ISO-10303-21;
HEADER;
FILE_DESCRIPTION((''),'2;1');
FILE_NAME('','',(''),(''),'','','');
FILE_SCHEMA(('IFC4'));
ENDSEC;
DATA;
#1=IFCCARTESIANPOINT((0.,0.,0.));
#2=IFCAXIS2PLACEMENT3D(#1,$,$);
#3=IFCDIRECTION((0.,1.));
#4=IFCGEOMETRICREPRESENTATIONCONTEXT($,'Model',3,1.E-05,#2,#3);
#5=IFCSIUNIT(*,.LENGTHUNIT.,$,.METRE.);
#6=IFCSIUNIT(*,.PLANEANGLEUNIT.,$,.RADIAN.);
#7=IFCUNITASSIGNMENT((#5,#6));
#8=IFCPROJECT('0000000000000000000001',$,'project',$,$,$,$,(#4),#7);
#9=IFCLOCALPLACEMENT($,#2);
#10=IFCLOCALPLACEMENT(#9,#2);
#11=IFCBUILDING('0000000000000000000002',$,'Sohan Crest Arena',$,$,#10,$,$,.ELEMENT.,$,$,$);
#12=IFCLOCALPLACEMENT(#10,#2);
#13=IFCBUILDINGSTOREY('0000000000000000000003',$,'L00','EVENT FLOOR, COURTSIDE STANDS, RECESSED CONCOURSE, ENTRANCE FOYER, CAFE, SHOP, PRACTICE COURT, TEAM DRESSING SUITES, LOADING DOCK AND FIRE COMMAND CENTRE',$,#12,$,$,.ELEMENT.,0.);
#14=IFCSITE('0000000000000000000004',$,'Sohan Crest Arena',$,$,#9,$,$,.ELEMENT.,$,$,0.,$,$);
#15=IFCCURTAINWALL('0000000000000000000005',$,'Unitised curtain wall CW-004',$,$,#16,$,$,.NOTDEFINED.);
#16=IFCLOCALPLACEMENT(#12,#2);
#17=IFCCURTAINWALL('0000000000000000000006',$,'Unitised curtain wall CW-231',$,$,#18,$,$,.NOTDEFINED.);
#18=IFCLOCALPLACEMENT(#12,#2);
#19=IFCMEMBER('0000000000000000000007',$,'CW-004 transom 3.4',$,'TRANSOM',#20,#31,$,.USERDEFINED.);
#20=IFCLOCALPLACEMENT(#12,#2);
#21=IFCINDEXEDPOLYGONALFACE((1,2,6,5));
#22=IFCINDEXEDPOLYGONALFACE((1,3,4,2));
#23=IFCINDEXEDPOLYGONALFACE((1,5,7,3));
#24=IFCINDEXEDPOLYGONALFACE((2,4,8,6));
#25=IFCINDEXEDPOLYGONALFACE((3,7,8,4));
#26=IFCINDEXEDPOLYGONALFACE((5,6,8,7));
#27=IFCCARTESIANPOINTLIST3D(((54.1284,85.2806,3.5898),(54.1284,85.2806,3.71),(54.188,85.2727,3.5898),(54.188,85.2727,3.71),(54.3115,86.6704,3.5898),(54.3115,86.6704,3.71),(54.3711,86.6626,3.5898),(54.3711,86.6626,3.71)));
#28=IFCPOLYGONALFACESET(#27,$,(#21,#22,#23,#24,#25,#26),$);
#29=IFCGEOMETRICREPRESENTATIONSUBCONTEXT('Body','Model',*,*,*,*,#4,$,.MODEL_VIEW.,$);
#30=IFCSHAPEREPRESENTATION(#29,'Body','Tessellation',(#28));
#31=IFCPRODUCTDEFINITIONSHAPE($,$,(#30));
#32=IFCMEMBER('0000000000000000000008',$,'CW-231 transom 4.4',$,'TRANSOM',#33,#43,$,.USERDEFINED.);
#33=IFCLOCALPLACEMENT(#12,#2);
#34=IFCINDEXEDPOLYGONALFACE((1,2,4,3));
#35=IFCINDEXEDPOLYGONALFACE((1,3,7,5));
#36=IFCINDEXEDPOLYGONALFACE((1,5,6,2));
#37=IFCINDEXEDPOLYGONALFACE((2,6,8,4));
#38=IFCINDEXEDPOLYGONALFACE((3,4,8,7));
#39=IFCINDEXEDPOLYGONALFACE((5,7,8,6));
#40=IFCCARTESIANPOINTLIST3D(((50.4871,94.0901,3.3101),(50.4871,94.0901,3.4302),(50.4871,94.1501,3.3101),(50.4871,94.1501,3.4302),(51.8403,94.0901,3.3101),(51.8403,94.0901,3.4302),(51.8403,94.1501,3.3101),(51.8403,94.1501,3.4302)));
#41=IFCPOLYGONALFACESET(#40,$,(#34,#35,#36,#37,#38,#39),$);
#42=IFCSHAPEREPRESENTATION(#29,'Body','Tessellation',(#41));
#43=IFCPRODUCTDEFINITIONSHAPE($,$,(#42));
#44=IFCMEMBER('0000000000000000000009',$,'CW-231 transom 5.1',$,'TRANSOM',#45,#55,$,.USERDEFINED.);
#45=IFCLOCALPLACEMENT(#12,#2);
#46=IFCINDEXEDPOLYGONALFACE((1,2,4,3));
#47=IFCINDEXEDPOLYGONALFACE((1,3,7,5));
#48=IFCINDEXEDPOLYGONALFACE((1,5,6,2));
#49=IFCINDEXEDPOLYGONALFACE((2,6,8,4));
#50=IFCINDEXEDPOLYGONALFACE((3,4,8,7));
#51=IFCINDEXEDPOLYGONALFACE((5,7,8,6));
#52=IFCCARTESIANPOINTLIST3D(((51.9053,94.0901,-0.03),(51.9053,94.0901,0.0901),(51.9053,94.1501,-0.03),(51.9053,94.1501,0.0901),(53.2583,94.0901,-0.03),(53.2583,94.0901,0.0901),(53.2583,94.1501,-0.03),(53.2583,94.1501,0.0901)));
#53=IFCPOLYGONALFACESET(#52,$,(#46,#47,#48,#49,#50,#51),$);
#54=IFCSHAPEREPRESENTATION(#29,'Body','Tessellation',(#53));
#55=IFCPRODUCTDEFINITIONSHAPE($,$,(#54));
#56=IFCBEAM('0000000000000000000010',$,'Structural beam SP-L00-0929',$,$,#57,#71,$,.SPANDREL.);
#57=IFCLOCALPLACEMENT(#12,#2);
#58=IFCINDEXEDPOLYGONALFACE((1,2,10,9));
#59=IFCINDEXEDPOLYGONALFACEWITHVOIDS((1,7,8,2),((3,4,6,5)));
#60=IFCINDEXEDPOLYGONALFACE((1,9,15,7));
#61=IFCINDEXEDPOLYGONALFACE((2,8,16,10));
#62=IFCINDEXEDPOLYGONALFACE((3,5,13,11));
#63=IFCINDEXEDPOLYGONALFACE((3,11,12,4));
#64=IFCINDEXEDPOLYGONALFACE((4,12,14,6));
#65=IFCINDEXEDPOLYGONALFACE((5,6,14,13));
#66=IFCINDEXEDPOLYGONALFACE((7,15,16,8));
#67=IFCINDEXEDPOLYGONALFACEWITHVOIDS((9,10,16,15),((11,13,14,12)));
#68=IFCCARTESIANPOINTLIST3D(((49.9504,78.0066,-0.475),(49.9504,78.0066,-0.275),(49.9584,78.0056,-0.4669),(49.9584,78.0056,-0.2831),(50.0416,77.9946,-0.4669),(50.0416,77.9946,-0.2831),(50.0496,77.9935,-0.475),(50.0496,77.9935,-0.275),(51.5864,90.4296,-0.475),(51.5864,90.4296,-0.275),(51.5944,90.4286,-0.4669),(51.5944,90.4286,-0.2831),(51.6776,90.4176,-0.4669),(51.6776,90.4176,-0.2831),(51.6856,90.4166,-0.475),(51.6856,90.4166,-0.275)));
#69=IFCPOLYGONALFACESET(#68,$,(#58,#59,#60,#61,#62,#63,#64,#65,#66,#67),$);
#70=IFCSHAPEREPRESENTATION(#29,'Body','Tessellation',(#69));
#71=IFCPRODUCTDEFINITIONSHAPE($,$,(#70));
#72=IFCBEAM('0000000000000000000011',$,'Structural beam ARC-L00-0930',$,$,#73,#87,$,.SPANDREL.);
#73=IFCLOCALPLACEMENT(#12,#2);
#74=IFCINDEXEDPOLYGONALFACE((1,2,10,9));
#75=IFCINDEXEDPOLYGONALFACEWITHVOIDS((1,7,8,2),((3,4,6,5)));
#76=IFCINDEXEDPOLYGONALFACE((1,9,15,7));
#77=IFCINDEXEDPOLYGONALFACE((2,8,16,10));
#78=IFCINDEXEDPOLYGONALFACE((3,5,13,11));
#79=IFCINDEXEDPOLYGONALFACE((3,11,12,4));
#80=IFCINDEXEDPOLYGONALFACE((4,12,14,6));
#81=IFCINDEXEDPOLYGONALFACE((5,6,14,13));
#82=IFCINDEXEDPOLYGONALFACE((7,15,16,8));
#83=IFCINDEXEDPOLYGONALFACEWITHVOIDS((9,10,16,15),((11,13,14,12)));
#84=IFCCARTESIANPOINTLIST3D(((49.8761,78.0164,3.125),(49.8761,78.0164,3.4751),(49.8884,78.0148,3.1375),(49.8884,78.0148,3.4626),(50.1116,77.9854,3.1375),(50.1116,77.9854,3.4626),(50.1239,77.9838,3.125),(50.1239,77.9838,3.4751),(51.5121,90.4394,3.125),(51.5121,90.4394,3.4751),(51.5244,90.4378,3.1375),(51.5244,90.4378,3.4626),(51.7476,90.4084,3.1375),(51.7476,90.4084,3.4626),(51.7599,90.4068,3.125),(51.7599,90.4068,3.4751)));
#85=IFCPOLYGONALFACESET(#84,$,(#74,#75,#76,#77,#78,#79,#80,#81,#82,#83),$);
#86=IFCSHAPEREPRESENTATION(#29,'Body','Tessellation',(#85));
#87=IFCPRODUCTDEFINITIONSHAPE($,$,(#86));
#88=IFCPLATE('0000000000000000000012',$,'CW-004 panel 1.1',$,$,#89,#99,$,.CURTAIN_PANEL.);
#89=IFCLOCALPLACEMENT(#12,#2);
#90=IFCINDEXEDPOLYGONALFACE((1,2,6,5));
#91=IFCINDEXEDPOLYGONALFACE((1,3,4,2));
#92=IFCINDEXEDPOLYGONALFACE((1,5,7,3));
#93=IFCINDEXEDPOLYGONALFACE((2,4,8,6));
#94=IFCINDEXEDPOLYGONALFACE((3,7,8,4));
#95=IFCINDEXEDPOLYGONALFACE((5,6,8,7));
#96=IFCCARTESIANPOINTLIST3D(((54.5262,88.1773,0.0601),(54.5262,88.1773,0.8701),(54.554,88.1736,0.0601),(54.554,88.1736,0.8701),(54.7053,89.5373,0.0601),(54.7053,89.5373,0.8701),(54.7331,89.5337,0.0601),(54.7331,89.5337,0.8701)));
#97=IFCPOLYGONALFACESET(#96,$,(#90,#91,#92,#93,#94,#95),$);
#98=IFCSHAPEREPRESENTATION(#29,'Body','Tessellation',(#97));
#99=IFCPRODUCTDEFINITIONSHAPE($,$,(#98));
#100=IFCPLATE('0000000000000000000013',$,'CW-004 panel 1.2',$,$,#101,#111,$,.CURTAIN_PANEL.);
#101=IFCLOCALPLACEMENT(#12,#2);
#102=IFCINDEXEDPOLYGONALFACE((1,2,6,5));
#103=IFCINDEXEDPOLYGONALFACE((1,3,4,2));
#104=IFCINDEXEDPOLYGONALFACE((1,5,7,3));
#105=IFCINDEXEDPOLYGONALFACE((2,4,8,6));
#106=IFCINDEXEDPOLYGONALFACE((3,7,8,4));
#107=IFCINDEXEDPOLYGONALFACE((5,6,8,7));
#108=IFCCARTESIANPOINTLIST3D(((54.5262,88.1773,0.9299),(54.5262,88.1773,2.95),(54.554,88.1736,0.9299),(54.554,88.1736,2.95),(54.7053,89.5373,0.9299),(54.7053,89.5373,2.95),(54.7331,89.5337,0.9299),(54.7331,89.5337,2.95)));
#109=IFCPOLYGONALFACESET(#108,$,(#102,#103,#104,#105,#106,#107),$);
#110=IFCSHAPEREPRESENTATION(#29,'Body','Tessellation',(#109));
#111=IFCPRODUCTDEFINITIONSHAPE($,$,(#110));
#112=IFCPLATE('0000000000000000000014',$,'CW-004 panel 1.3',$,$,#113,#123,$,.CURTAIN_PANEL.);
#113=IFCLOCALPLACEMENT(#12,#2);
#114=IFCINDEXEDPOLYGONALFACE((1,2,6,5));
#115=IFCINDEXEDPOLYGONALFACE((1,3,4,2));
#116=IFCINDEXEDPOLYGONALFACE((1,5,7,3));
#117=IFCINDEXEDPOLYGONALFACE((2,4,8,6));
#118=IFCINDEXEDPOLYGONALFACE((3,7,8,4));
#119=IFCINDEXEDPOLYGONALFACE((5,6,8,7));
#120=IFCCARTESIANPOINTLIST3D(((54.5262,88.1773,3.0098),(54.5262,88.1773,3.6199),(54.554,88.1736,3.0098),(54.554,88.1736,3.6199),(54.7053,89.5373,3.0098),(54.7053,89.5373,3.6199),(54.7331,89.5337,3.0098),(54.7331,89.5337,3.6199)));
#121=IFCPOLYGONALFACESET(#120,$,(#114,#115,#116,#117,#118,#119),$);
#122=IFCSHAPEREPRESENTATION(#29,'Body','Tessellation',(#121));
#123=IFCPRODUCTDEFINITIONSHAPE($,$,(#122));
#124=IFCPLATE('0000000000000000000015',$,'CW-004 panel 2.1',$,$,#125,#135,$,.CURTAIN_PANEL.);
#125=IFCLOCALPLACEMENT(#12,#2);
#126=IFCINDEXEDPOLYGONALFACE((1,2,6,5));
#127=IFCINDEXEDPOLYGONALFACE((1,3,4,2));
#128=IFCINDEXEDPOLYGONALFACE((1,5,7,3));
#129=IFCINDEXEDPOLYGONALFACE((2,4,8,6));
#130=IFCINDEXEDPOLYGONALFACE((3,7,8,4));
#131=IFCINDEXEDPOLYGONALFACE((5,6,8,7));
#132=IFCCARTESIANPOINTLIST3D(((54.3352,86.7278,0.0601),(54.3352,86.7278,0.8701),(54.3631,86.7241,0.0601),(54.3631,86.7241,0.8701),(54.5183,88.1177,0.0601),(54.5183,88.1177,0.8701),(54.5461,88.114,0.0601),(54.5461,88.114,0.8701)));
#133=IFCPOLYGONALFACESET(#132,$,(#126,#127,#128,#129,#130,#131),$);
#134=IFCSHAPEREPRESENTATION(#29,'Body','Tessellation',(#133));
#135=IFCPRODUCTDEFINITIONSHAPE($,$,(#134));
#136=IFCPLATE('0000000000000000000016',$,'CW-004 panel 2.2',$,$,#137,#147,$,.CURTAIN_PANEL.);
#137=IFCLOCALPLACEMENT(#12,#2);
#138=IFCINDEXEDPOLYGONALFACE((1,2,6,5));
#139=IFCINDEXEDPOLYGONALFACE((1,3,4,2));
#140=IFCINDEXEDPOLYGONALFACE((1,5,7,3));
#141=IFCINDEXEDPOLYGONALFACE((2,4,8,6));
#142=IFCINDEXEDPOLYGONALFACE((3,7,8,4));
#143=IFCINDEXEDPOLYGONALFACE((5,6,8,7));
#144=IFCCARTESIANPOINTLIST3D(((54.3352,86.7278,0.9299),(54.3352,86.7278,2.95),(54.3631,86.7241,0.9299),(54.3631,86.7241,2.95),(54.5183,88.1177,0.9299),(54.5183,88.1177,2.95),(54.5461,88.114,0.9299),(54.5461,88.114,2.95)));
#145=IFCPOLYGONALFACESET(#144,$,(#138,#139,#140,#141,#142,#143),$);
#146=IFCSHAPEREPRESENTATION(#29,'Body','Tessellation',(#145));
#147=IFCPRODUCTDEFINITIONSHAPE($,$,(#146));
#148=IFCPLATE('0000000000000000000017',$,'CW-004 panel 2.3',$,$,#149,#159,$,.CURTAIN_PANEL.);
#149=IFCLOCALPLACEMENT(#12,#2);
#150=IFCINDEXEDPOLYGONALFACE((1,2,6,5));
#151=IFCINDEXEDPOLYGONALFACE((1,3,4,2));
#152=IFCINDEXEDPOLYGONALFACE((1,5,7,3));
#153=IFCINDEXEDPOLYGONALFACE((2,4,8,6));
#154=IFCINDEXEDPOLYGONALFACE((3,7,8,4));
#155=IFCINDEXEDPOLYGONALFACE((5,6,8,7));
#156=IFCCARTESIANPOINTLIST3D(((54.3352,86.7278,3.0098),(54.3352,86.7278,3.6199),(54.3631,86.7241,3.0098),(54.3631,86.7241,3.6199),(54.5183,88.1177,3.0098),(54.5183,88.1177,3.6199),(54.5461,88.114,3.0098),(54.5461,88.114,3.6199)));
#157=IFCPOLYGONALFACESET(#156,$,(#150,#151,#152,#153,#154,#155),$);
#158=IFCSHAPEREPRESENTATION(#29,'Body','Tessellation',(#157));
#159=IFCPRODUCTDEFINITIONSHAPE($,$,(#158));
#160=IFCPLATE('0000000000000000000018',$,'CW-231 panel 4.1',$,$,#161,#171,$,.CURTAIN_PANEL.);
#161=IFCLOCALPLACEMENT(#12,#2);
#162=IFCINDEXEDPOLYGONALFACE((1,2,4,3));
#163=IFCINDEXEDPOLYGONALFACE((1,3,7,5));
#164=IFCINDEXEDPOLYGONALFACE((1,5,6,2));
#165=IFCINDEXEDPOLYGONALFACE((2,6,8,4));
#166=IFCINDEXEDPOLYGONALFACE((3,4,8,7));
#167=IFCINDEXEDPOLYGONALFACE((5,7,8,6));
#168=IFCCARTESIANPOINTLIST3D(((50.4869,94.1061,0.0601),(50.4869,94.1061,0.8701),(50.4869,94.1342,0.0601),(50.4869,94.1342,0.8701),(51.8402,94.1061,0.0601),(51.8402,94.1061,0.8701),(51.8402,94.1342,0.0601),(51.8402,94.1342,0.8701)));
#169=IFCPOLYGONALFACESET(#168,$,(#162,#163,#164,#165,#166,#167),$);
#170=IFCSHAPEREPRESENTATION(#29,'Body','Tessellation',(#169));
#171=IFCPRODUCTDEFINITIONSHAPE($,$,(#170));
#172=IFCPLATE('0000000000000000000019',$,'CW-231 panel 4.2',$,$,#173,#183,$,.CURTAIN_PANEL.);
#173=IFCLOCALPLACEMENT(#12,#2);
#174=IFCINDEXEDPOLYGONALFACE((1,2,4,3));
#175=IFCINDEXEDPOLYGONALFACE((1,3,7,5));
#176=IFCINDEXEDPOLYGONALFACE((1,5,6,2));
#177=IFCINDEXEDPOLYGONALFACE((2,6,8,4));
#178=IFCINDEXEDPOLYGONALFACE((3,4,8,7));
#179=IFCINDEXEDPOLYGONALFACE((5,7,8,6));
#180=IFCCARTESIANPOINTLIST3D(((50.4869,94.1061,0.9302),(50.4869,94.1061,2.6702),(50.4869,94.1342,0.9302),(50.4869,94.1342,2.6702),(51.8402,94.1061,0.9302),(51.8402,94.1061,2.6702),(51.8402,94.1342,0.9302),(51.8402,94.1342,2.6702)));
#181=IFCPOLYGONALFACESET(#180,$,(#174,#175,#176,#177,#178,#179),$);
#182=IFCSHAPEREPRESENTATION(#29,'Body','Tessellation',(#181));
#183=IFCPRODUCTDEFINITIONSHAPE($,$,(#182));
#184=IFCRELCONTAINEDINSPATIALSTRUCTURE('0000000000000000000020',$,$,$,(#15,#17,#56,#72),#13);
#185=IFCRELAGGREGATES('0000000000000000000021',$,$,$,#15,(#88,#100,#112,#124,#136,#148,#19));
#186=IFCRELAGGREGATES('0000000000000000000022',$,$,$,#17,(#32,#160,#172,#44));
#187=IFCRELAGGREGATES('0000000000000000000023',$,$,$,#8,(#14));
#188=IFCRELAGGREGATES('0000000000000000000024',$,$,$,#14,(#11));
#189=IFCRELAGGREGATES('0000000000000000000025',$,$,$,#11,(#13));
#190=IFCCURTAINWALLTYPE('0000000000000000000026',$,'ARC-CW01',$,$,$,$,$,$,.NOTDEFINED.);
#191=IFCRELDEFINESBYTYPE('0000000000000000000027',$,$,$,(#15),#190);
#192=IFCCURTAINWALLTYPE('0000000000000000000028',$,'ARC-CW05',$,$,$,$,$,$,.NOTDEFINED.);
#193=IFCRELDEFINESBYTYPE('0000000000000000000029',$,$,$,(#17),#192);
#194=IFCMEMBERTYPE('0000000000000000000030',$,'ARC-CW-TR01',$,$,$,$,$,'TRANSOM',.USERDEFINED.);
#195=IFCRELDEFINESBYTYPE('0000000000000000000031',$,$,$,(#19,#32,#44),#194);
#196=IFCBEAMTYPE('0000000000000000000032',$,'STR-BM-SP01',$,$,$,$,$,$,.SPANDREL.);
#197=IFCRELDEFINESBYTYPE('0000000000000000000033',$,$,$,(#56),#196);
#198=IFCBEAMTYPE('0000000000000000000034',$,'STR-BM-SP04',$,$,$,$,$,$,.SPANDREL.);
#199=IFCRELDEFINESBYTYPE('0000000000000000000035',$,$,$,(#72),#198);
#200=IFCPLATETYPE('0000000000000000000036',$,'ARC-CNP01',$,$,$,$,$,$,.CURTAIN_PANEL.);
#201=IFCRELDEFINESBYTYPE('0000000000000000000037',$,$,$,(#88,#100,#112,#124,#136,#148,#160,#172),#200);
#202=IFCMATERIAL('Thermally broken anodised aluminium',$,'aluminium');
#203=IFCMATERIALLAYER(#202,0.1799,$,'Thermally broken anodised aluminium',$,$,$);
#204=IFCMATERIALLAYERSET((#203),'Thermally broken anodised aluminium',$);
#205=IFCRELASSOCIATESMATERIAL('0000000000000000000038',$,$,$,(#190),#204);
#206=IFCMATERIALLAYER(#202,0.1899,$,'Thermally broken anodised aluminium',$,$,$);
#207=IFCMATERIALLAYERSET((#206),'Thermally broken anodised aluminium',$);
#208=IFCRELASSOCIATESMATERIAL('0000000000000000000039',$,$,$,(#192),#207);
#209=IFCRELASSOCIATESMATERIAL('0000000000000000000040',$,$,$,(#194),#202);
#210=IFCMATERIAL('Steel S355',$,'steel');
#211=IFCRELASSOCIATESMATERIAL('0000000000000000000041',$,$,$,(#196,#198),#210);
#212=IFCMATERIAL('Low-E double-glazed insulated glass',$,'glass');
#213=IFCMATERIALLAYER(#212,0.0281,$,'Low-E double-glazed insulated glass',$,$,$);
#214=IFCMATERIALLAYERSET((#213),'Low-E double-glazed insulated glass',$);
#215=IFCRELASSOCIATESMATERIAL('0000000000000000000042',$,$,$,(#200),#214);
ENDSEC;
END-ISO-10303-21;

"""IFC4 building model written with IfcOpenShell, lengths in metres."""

from ifc_helpers import new_model, si_unit, direction, frame, origin, origin_2d, place, context, subcontext, project, spatial, rectangle, hollow_rectangle, extrude, material, layer, layer_set, material_profile, profile_set, type_object, element, aggregate, save


model = new_model("IFC4")

# Units and contexts
model_context = context("Model", 3, precision=1e-05, world=origin(), true_north=direction((0.0, 1.0)))
body_context = subcontext(model_context, "Body", "Model", "MODEL_VIEW")
ifc_project = project(units=[si_unit("LENGTHUNIT", "METRE"), si_unit("PLANEANGLEUNIT", "RADIAN")], contexts=[model_context])

# Site, building, storey
site_placement = place(None, origin())
site = spatial("IfcSite", under=ifc_project, at=site_placement, Name="Sohan Crest Arena", CompositionType="ELEMENT", RefElevation=0.0)
building_placement = place(site_placement, origin())
building = spatial("IfcBuilding", under=site, at=building_placement, Name="Sohan Crest Arena", CompositionType="ELEMENT")
storey_placement = place(building_placement, origin())
storey = spatial("IfcBuildingStorey", under=building, at=storey_placement, Name="L00", Description="EVENT FLOOR, COURTSIDE STANDS, RECESSED CONCOURSE, ENTRANCE FOYER, CAFE, SHOP, PRACTICE COURT, TEAM DRESSING SUITES, LOADING DOCK AND FIRE COMMAND CENTRE", CompositionType="ELEMENT", Elevation=0.0)

# Curtain wall
ifc_material_1 = material(Name="Thermally broken anodised aluminium", Category="aluminium")
ifc_layer_1 = layer(ifc_material_1, 0.1799, Name="Thermally broken anodised aluminium")
ifc_layer_set_1 = layer_set([ifc_layer_1], Name="Thermally broken anodised aluminium")
curtain_wall_type_1 = type_object("IfcCurtainWallType", Name="ARC-CW01", PredefinedType="NOTDEFINED", material=ifc_layer_set_1)
curtain_wall_1_placement = place(storey_placement, origin())
curtain_wall_1 = element("IfcCurtainWall", 1, at=curtain_wall_1_placement, inside=storey, type_object=curtain_wall_type_1, Name="Unitised curtain wall CW-004", PredefinedType="NOTDEFINED")

# Curtain wall
ifc_layer_2 = layer(ifc_material_1, 0.1899, Name="Thermally broken anodised aluminium")
ifc_layer_set_2 = layer_set([ifc_layer_2], Name="Thermally broken anodised aluminium")
curtain_wall_type_2 = type_object("IfcCurtainWallType", Name="ARC-CW05", PredefinedType="NOTDEFINED", material=ifc_layer_set_2)
curtain_wall_2_placement = place(storey_placement, origin())
curtain_wall_2 = element("IfcCurtainWall", 2, at=curtain_wall_2_placement, inside=storey, type_object=curtain_wall_type_2, Name="Unitised curtain wall CW-231", PredefinedType="NOTDEFINED")

# Members
ifc_material_profile_1 = material_profile(ifc_material_1, rectangle(XDim=0.0601, YDim=0.1201, at=origin_2d()), Name="ALU-TRAN 60x120")
ifc_profile_set_1 = profile_set([ifc_material_profile_1], Name="Thermally broken anodised aluminium")
member_type_1 = type_object("IfcMemberType", Name="ARC-CW-TR01", ElementType="TRANSOM", PredefinedType="USERDEFINED", material=ifc_profile_set_1)
member_1_placement = place(storey_placement, frame((54.3413, 86.6665, 3.6499), z_axis=(-0.130612, -0.991434, 0.0), x_axis=(0.991434, -0.130612, 0.0)))
member_1 = element("IfcMember", 3, at=member_1_placement, type_object=member_type_1, Name="CW-004 transom 3.4", ObjectType="TRANSOM", PredefinedType="USERDEFINED", context=body_context, shape_type="SweptSolid", body=[
    extrude(rectangle(XDim=0.0601, YDim=0.1201, at=origin_2d()), origin(), (0.0, 0.0, 1.0), 1.4019),
])
member_2_placement = place(storey_placement, frame((50.4871, 94.1201, 3.3701), z_axis=(1.0, 0.0, 0.0), x_axis=(0.0, 1.0, 0.0)))
member_2 = element("IfcMember", 4, at=member_2_placement, type_object=member_type_1, Name="CW-231 transom 4.4", ObjectType="TRANSOM", PredefinedType="USERDEFINED", context=body_context, shape_type="SweptSolid", body=[
    extrude(rectangle(XDim=0.0601, YDim=0.1201, at=origin_2d()), origin(), (0.0, 0.0, 1.0), 1.3533),
])
member_3_placement = place(storey_placement, frame((51.9053, 94.1201, 0.03), z_axis=(1.0, 0.0, 0.0), x_axis=(0.0, 1.0, 0.0)))
member_3 = element("IfcMember", 5, at=member_3_placement, type_object=member_type_1, Name="CW-231 transom 5.1", ObjectType="TRANSOM", PredefinedType="USERDEFINED", context=body_context, shape_type="SweptSolid", body=[
    extrude(rectangle(XDim=0.0601, YDim=0.1201, at=origin_2d()), origin(), (0.0, 0.0, 1.0), 1.353),
])

# Beams
ifc_material_2 = material(Name="Steel S355", Category="steel")
ifc_material_profile_2 = material_profile(ifc_material_2, hollow_rectangle(XDim=0.1001, YDim=0.2, WallThickness=0.0081, at=origin_2d()), Name="RHS 200x100x8")
ifc_profile_set_2 = profile_set([ifc_material_profile_2], Name="Steel S355")
beam_type_1 = type_object("IfcBeamType", Name="STR-BM-SP01", PredefinedType="SPANDREL", material=ifc_profile_set_2)
beam_1_placement = place(storey_placement, frame((51.636, 90.4231, -0.375), z_axis=(-0.130562, -0.99144, 0.0), x_axis=(0.99144, -0.130562, 0.0)))
element("IfcBeam", 6, at=beam_1_placement, inside=storey, type_object=beam_type_1, Name="Structural beam SP-L00-0929", PredefinedType="SPANDREL", context=body_context, shape_type="SweptSolid", body=[
    extrude(hollow_rectangle(XDim=0.1001, YDim=0.2, WallThickness=0.0081, at=origin_2d()), origin(), (0.0, 0.0, 1.0), 12.5303),
])
ifc_material_profile_3 = material_profile(ifc_material_2, hollow_rectangle(XDim=0.25, YDim=0.3501, WallThickness=0.0125, at=origin_2d()), Name="RHS 350x250x12.5")
ifc_profile_set_3 = profile_set([ifc_material_profile_3], Name="Steel S355")
beam_type_2 = type_object("IfcBeamType", Name="STR-BM-SP04", PredefinedType="SPANDREL", material=ifc_profile_set_3)
beam_2_placement = place(storey_placement, frame((51.636, 90.4231, 3.3), z_axis=(-0.130562, -0.99144, 0.0), x_axis=(0.99144, -0.130562, 0.0)))
element("IfcBeam", 7, at=beam_2_placement, inside=storey, type_object=beam_type_2, Name="Structural beam ARC-L00-0930", PredefinedType="SPANDREL", context=body_context, shape_type="SweptSolid", body=[
    extrude(hollow_rectangle(XDim=0.25, YDim=0.3501, WallThickness=0.0125, at=origin_2d()), origin(), (0.0, 0.0, 1.0), 12.5303),
])

# Plates
ifc_material_3 = material(Name="Low-E double-glazed insulated glass", Category="glass")
ifc_layer_3 = layer(ifc_material_3, 0.0281, Name="Low-E double-glazed insulated glass")
ifc_layer_set_3 = layer_set([ifc_layer_3], Name="Low-E double-glazed insulated glass")
plate_type = type_object("IfcPlateType", Name="ARC-CNP01", PredefinedType="CURTAIN_PANEL", material=ifc_layer_set_3)
plate_1_placement = place(storey_placement, frame((54.6296, 88.8555, 0.0601), z_axis=(0.0, 0.0, 1.0), x_axis=(-0.130567, -0.991439, 0.0)))
plate_1 = element("IfcPlate", 8, at=plate_1_placement, type_object=plate_type, Name="CW-004 panel 1.1", PredefinedType="CURTAIN_PANEL", context=body_context, shape_type="SweptSolid", body=[
    extrude(rectangle(XDim=1.3718, YDim=0.0281, at=origin_2d()), origin(), (0.0, 0.0, 1.0), 0.8101),
])
plate_2_placement = place(storey_placement, frame((54.6296, 88.8555, 0.9299), z_axis=(0.0, 0.0, 1.0), x_axis=(-0.130567, -0.991439, 0.0)))
plate_2 = element("IfcPlate", 9, at=plate_2_placement, type_object=plate_type, Name="CW-004 panel 1.2", PredefinedType="CURTAIN_PANEL", context=body_context, shape_type="SweptSolid", body=[
    extrude(rectangle(XDim=1.3718, YDim=0.0281, at=origin_2d()), origin(), (0.0, 0.0, 1.0), 2.02),
])
plate_3_placement = place(storey_placement, frame((54.6296, 88.8555, 3.0098), z_axis=(0.0, 0.0, 1.0), x_axis=(-0.130567, -0.991439, 0.0)))
plate_3 = element("IfcPlate", 10, at=plate_3_placement, type_object=plate_type, Name="CW-004 panel 1.3", PredefinedType="CURTAIN_PANEL", context=body_context, shape_type="SweptSolid", body=[
    extrude(rectangle(XDim=1.3718, YDim=0.0281, at=origin_2d()), origin(), (0.0, 0.0, 1.0), 0.6101),
])
plate_4_placement = place(storey_placement, frame((54.4407, 87.4209, 0.0601), z_axis=(0.0, 0.0, 1.0), x_axis=(-0.130567, -0.991439, 0.0)))
plate_4 = element("IfcPlate", 11, at=plate_4_placement, type_object=plate_type, Name="CW-004 panel 2.1", PredefinedType="CURTAIN_PANEL", context=body_context, shape_type="SweptSolid", body=[
    extrude(rectangle(XDim=1.4019, YDim=0.0281, at=origin_2d()), origin(), (0.0, 0.0, 1.0), 0.8101),
])
plate_5_placement = place(storey_placement, frame((54.4407, 87.4209, 0.9299), z_axis=(0.0, 0.0, 1.0), x_axis=(-0.130567, -0.991439, 0.0)))
plate_5 = element("IfcPlate", 12, at=plate_5_placement, type_object=plate_type, Name="CW-004 panel 2.2", PredefinedType="CURTAIN_PANEL", context=body_context, shape_type="SweptSolid", body=[
    extrude(rectangle(XDim=1.4019, YDim=0.0281, at=origin_2d()), origin(), (0.0, 0.0, 1.0), 2.02),
])
plate_6_placement = place(storey_placement, frame((54.4407, 87.4209, 3.0098), z_axis=(0.0, 0.0, 1.0), x_axis=(-0.130567, -0.991439, 0.0)))
plate_6 = element("IfcPlate", 13, at=plate_6_placement, type_object=plate_type, Name="CW-004 panel 2.3", PredefinedType="CURTAIN_PANEL", context=body_context, shape_type="SweptSolid", body=[
    extrude(rectangle(XDim=1.4019, YDim=0.0281, at=origin_2d()), origin(), (0.0, 0.0, 1.0), 0.6101),
])
aggregate(curtain_wall_1, [plate_1, plate_2, plate_3, plate_4, plate_5, plate_6, member_1])
plate_7_placement = place(storey_placement, frame((51.1636, 94.1201, 0.0601), z_axis=(0.0, 0.0, 1.0), x_axis=(1.0, 0.0, 0.0)))
plate_7 = element("IfcPlate", 14, at=plate_7_placement, type_object=plate_type, Name="CW-231 panel 4.1", PredefinedType="CURTAIN_PANEL", context=body_context, shape_type="SweptSolid", body=[
    extrude(rectangle(XDim=1.3533, YDim=0.0281, at=origin_2d()), origin(), (0.0, 0.0, 1.0), 0.8101),
])
plate_8_placement = place(storey_placement, frame((51.1636, 94.1201, 0.9302), z_axis=(0.0, 0.0, 1.0), x_axis=(1.0, 0.0, 0.0)))
plate_8 = element("IfcPlate", 15, at=plate_8_placement, type_object=plate_type, Name="CW-231 panel 4.2", PredefinedType="CURTAIN_PANEL", context=body_context, shape_type="SweptSolid", body=[
    extrude(rectangle(XDim=1.3533, YDim=0.0281, at=origin_2d()), origin(), (0.0, 0.0, 1.0), 1.74),
])
aggregate(curtain_wall_2, [member_2, plate_7, plate_8, member_3])

save(model, "model.ifc")
